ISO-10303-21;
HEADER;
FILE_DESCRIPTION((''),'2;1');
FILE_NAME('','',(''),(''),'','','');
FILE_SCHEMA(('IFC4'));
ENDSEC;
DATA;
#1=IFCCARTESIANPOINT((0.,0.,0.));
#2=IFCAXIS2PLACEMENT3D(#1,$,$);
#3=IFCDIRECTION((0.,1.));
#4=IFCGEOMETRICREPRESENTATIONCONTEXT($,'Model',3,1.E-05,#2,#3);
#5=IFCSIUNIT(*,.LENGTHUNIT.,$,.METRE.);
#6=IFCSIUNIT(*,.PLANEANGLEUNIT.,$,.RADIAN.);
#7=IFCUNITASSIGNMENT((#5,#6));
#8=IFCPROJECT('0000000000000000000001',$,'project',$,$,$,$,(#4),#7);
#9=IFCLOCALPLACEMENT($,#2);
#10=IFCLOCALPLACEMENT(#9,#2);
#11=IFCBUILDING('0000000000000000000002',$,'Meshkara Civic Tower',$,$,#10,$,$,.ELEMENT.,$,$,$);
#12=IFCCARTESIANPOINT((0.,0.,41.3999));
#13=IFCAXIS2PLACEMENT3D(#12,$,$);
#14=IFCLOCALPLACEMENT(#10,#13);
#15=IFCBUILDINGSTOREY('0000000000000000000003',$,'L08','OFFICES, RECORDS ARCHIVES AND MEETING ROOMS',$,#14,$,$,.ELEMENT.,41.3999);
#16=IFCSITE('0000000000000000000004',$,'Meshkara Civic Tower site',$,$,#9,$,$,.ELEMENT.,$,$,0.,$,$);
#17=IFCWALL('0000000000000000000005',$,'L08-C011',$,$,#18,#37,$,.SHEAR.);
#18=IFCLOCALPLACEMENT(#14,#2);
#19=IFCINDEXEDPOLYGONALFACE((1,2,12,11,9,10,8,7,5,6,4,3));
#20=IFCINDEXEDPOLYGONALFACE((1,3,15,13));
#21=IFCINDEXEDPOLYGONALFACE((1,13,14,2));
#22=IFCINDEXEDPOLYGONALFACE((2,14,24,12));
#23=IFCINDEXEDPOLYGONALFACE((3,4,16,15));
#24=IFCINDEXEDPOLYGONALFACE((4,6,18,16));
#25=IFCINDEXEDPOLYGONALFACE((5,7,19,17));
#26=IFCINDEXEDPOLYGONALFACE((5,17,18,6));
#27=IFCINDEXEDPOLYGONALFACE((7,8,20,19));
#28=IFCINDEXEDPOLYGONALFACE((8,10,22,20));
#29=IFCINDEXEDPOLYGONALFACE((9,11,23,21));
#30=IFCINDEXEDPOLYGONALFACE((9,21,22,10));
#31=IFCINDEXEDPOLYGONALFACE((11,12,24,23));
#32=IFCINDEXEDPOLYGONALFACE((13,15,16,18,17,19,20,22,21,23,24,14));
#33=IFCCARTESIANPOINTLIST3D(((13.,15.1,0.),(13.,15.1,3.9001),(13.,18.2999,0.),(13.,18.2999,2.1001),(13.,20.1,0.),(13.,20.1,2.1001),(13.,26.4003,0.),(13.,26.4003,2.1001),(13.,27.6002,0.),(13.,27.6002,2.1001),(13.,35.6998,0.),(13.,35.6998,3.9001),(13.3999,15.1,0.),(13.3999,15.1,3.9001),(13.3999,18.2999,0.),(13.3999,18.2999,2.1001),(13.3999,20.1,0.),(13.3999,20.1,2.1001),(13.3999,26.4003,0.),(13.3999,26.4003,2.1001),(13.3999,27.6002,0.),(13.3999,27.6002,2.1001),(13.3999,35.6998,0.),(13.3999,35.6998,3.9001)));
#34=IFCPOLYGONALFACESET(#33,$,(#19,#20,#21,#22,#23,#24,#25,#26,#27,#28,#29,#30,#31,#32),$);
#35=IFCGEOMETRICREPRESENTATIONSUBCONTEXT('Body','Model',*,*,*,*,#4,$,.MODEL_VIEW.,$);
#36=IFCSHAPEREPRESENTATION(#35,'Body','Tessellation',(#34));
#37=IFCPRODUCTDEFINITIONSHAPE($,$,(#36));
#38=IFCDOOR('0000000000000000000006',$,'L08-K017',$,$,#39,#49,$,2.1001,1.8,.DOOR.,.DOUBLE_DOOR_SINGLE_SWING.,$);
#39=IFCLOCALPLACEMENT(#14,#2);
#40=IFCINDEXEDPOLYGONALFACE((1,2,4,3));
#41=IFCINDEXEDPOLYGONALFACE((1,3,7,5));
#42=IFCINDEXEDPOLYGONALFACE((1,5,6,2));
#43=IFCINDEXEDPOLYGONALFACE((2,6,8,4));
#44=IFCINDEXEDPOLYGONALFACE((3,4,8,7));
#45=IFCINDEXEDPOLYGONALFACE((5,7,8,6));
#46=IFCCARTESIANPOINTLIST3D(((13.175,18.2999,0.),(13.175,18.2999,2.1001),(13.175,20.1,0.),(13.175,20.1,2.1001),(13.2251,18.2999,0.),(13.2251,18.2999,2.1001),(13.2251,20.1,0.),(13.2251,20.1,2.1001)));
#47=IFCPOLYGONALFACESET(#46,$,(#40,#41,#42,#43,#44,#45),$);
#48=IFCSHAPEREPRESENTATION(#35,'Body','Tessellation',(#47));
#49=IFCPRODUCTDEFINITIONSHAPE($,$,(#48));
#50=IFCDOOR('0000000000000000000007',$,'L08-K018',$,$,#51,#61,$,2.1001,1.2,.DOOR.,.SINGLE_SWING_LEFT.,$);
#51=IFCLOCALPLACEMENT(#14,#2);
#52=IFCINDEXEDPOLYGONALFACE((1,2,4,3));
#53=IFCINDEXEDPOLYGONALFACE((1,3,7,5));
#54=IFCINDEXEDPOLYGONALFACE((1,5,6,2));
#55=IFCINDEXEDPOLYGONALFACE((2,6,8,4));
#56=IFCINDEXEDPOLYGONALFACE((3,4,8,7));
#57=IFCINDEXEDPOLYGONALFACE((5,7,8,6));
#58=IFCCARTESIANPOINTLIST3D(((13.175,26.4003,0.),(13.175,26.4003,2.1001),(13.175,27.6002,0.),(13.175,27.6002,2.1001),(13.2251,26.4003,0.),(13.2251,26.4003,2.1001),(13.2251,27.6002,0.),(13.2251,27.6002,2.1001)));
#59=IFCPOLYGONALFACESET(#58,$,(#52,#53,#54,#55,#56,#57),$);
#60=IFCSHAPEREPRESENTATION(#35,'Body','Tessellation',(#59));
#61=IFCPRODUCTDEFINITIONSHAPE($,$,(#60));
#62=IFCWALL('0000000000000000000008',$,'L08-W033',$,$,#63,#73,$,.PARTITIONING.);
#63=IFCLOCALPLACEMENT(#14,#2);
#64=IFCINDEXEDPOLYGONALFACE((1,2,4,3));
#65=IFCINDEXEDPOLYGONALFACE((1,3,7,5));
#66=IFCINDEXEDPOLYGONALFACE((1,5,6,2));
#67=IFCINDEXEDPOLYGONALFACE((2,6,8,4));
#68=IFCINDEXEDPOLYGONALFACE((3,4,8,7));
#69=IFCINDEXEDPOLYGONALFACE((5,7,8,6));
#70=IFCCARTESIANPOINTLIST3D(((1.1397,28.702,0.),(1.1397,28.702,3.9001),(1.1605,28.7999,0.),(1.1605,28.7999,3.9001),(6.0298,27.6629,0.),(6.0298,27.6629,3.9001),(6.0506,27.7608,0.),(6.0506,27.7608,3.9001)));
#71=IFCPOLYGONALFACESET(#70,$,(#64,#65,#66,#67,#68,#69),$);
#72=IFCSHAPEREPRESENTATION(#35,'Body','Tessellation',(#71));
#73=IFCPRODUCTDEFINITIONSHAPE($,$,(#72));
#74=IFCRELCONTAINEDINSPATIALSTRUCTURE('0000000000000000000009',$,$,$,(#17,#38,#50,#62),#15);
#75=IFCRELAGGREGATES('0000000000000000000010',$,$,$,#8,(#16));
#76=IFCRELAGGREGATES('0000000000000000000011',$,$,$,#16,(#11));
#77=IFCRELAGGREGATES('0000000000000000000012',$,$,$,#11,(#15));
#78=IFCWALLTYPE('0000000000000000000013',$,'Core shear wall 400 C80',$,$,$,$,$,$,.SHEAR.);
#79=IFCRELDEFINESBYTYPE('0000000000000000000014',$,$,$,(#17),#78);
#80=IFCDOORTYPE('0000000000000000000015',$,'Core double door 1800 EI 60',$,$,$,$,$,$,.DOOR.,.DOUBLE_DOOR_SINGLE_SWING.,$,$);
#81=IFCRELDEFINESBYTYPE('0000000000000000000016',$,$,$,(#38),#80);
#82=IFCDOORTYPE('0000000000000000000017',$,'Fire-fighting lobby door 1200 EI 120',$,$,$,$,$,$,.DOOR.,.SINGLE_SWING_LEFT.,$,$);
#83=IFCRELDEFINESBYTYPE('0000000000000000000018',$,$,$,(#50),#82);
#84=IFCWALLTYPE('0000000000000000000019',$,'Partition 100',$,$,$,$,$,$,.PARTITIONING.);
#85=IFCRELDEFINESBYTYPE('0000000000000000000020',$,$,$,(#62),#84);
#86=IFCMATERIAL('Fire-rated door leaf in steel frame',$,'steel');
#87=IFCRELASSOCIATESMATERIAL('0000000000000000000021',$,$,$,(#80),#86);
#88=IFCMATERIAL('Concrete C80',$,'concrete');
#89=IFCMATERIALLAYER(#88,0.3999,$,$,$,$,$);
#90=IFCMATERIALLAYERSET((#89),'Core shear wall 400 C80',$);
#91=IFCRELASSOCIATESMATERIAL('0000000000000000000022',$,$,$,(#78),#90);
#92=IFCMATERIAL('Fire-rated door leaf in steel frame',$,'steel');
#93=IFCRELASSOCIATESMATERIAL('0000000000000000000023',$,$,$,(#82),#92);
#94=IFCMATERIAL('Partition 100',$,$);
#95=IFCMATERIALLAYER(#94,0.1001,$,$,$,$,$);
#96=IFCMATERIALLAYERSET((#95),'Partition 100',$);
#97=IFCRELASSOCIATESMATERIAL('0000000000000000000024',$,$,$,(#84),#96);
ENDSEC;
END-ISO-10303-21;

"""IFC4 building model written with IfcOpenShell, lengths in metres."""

from ifc_helpers import new_model, si_unit, direction, frame, frame_2d, origin, place, context, subcontext, project, spatial, rectangle, extrude, material, layer, layer_set, type_object, element, fill, save


model = new_model("IFC4")

# Units and contexts
model_context = context("Model", 3, precision=1e-05, world=origin(), true_north=direction((0.0, 1.0)))
body_context = subcontext(model_context, "Body", "Model", "MODEL_VIEW")
ifc_project = project(units=[si_unit("LENGTHUNIT", "METRE"), si_unit("PLANEANGLEUNIT", "RADIAN")], contexts=[model_context])

# Site, building, storey
site_placement = place(None, origin())
site = spatial("IfcSite", under=ifc_project, at=site_placement, Name="Meshkara Civic Tower site", CompositionType="ELEMENT", RefElevation=0.0)
building_placement = place(site_placement, origin())
building = spatial("IfcBuilding", under=site, at=building_placement, Name="Meshkara Civic Tower", CompositionType="ELEMENT")
storey_placement = place(building_placement, frame((0.0, 0.0, 41.3999)))
storey = spatial("IfcBuildingStorey", under=building, at=storey_placement, Name="L08", Description="OFFICES, RECORDS ARCHIVES AND MEETING ROOMS", CompositionType="ELEMENT", Elevation=41.3999)

# Shared definitions
ifc_material_1 = material(Name="Fire-rated door leaf in steel frame", Category="steel")
door_type_1 = type_object("IfcDoorType", Name="Core double door 1800 EI 60", OperationType="DOUBLE_DOOR_SINGLE_SWING", PredefinedType="DOOR", material=ifc_material_1)

# Shared definitions
ifc_material_2 = material(Name="Concrete C80", Category="concrete")
ifc_layer_1 = layer(ifc_material_2, 0.3999)
ifc_layer_set_1 = layer_set([ifc_layer_1], Name="Core shear wall 400 C80")
wall_type_1 = type_object("IfcWallType", Name="Core shear wall 400 C80", PredefinedType="SHEAR", material=ifc_layer_set_1)

# Wall, openings, doors
wall_1_placement = place(storey_placement, frame((13.2, 15.1001, 0.0), z_axis=(0.0, 0.0, 1.0), x_axis=(0.0, 1.0, 0.0)))
wall_1 = element("IfcWall", 1, at=wall_1_placement, inside=storey, type_object=wall_type_1, Name="L08-C011", PredefinedType="SHEAR", context=body_context, shape_type="SweptSolid", body=[
    extrude(rectangle(XDim=20.5999, YDim=0.3999, at=frame_2d((10.2998, 0.0))), origin(), (0.0, 0.0, 1.0), 3.9001),
])
opening_1_placement = place(wall_1_placement, frame((3.2, 0.0, 0.0)))
opening_1 = element("IfcOpeningElement", 2, at=opening_1_placement, cuts=wall_1, PredefinedType="OPENING", context=body_context, shape_type="SweptSolid", body=[
    extrude(rectangle(XDim=1.8, YDim=2.1001, at=frame_2d((0.8999, 1.05))), frame((0.0, 0.21, 0.0), z_axis=(0.0, -1.0, 0.0), x_axis=(1.0, 0.0, 0.0)), (0.0, 0.0, 1.0), 0.4199),
])
opening_2_placement = place(wall_1_placement, frame((11.3, 0.0, 0.0)))
opening_2 = element("IfcOpeningElement", 3, at=opening_2_placement, cuts=wall_1, PredefinedType="OPENING", context=body_context, shape_type="SweptSolid", body=[
    extrude(rectangle(XDim=1.2, YDim=2.1001, at=frame_2d((0.6001, 1.05))), frame((0.0, 0.21, 0.0), z_axis=(0.0, -1.0, 0.0), x_axis=(1.0, 0.0, 0.0)), (0.0, 0.0, 1.0), 0.4199),
])
door_1_placement = place(opening_1_placement, origin())
door_1 = element("IfcDoor", 4, at=door_1_placement, inside=storey, type_object=door_type_1, Name="L08-K017", OperationType="DOUBLE_DOOR_SINGLE_SWING", OverallHeight=2.1001, OverallWidth=1.8, PredefinedType="DOOR", context=body_context, shape_type="SweptSolid", body=[
    extrude(rectangle(XDim=1.8, YDim=2.1001, at=frame_2d((0.8999, 1.05))), frame((0.0, 0.0249, 0.0), z_axis=(0.0, -1.0, 0.0), x_axis=(1.0, 0.0, 0.0)), (0.0, 0.0, 1.0), 0.05),
])
fill(opening_1, door_1)
ifc_material_3 = material(Name="Fire-rated door leaf in steel frame", Category="steel")
door_type_2 = type_object("IfcDoorType", Name="Fire-fighting lobby door 1200 EI 120", OperationType="SINGLE_SWING_LEFT", PredefinedType="DOOR", material=ifc_material_3)
door_2_placement = place(opening_2_placement, origin())
door_2 = element("IfcDoor", 5, at=door_2_placement, inside=storey, type_object=door_type_2, Name="L08-K018", OperationType="SINGLE_SWING_LEFT", OverallHeight=2.1001, OverallWidth=1.2, PredefinedType="DOOR", context=body_context, shape_type="SweptSolid", body=[
    extrude(rectangle(XDim=1.2, YDim=2.1001, at=frame_2d((0.6001, 1.05))), frame((0.0, 0.0249, 0.0), z_axis=(0.0, -1.0, 0.0), x_axis=(1.0, 0.0, 0.0)), (0.0, 0.0, 1.0), 0.05),
])
fill(opening_2, door_2)

# Wall
ifc_material_4 = material(Name="Partition 100")
ifc_layer_2 = layer(ifc_material_4, 0.1001)
ifc_layer_set_2 = layer_set([ifc_layer_2], Name="Partition 100")
wall_type_2 = type_object("IfcWallType", Name="Partition 100", PredefinedType="PARTITIONING", material=ifc_layer_set_2)
wall_2_placement = place(storey_placement, frame((6.04, 27.7119, 0.0), z_axis=(0.0, 0.0, 1.0), x_axis=(-0.978163, 0.207841, 0.0)))
element("IfcWall", 6, at=wall_2_placement, inside=storey, type_object=wall_type_2, Name="L08-W033", PredefinedType="PARTITIONING", context=body_context, shape_type="SweptSolid", body=[
    extrude(rectangle(XDim=4.9993, YDim=0.1001, at=frame_2d((2.4995, 0.0))), origin(), (0.0, 0.0, 1.0), 3.9001),
])

save(model, "model.ifc")
